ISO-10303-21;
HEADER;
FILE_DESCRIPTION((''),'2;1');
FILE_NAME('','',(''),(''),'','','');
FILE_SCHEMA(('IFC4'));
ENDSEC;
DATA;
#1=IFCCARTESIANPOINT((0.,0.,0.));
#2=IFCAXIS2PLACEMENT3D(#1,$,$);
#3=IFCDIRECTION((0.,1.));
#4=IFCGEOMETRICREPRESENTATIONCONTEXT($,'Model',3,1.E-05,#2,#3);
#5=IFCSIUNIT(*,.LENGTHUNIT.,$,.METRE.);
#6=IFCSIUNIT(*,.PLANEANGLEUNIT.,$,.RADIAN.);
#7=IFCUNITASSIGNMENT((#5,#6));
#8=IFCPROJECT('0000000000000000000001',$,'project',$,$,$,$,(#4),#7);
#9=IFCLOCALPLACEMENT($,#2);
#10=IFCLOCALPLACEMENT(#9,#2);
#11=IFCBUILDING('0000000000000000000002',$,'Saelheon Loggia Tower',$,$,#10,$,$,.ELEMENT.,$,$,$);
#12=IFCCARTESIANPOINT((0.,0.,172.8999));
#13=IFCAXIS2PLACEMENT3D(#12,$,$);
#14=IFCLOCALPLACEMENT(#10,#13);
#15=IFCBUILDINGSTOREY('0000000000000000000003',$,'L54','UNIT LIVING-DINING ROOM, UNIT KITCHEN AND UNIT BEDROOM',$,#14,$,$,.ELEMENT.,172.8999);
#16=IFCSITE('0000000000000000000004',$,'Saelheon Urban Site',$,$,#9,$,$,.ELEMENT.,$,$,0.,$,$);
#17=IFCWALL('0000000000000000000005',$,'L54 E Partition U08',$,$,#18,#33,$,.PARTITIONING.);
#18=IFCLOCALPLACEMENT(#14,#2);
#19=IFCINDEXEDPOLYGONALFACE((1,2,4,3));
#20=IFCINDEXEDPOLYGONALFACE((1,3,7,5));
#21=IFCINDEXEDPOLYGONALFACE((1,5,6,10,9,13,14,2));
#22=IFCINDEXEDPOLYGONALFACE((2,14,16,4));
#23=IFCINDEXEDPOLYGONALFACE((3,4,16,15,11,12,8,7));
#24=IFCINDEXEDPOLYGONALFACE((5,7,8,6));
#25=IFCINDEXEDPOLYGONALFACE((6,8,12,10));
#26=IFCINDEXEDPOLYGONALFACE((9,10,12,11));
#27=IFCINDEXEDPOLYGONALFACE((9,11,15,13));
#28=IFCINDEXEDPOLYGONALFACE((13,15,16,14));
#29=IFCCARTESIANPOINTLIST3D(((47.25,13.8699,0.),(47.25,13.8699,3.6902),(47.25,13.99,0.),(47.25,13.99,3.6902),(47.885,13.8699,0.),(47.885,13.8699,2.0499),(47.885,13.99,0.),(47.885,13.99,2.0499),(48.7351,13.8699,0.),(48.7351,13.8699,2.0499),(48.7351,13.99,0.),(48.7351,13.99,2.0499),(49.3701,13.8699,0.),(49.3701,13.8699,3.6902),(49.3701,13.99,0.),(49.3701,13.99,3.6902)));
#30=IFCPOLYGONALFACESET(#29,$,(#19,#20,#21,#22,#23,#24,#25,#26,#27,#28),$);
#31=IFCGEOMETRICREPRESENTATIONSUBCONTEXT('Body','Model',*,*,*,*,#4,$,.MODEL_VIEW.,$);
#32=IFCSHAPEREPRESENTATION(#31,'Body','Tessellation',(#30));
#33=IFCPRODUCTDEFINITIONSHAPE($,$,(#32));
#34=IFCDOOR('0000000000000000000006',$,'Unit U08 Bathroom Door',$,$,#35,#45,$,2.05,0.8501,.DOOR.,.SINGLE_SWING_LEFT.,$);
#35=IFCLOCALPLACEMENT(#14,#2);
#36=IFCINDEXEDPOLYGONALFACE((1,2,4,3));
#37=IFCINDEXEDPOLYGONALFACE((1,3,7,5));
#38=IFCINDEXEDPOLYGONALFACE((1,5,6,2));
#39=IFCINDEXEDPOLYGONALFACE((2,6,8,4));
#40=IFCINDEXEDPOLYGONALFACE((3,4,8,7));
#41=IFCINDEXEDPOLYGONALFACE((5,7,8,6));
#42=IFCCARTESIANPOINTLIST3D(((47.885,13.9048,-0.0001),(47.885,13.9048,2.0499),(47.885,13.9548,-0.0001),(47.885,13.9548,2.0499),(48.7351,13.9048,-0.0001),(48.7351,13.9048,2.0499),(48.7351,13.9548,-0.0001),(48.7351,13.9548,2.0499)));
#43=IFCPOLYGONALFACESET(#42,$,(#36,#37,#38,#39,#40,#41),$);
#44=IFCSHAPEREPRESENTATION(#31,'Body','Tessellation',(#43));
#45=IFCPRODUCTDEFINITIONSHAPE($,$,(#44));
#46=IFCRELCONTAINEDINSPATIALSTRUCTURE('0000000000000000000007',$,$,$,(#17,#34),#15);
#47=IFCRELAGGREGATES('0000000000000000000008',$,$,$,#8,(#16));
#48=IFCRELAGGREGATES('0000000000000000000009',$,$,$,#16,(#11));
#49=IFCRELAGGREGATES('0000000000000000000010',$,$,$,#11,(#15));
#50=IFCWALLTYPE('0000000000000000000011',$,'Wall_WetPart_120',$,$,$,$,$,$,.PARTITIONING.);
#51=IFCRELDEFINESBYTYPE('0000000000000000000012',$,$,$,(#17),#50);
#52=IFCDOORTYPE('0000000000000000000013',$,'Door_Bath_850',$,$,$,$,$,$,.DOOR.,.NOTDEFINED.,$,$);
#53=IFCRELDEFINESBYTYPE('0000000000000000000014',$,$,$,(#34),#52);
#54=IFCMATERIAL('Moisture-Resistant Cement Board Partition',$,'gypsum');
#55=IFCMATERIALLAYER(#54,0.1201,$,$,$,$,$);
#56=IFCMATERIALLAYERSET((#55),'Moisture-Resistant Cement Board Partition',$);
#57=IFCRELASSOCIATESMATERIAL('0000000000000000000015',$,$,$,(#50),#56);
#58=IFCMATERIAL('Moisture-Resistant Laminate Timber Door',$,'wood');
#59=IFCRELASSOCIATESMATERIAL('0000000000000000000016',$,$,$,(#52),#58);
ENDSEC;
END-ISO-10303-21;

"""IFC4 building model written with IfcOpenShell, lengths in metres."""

from ifc_helpers import new_model, si_unit, direction, frame, frame_2d, origin, place, context, subcontext, project, spatial, rectangle, extrude, source, transform, mapped, material, layer, layer_set, type_object, element, fill, save


model = new_model("IFC4")

# Units and contexts
model_context = context("Model", 3, precision=1e-05, world=origin(), true_north=direction((0.0, 1.0)))
body_context = subcontext(model_context, "Body", "Model", "MODEL_VIEW")
ifc_project = project(units=[si_unit("LENGTHUNIT", "METRE"), si_unit("PLANEANGLEUNIT", "RADIAN")], contexts=[model_context])

# Site, building, storey
site_placement = place(None, origin())
site = spatial("IfcSite", under=ifc_project, at=site_placement, Name="Saelheon Urban Site", CompositionType="ELEMENT", RefElevation=0.0)
building_placement = place(site_placement, origin())
building = spatial("IfcBuilding", under=site, at=building_placement, Name="Saelheon Loggia Tower", CompositionType="ELEMENT")
storey_placement = place(building_placement, frame((0.0, 0.0, 172.8999)))
storey = spatial("IfcBuildingStorey", under=building, at=storey_placement, Name="L54", Description="UNIT LIVING-DINING ROOM, UNIT KITCHEN AND UNIT BEDROOM", CompositionType="ELEMENT", Elevation=172.8999)

# Shared definitions
ifc_material_1 = material(Name="Moisture-Resistant Cement Board Partition", Category="gypsum")
ifc_layer_1 = layer(ifc_material_1, 0.1201)
ifc_layer_set_1 = layer_set([ifc_layer_1], Name="Moisture-Resistant Cement Board Partition")
wall_type_1 = type_object("IfcWallType", Name="Wall_WetPart_120", PredefinedType="PARTITIONING", material=ifc_layer_set_1)

# Wall, opening, door
wall_1_placement = place(storey_placement, frame((47.25, 13.9299, 0.0), z_axis=(0.0, 0.0, 1.0), x_axis=(1.0, 0.0, 0.0)))
wall_1 = element("IfcWall", 1, at=wall_1_placement, inside=storey, type_object=wall_type_1, Name="L54 E Partition U08", PredefinedType="PARTITIONING", context=body_context, shape_type="SweptSolid", body=[
    extrude(rectangle(XDim=2.1201, YDim=0.1201, at=frame_2d((1.0601, 0.0))), origin(), (0.0, 0.0, 1.0), 3.6902),
])
opening_1_placement = place(wall_1_placement, frame((0.635, 0.0, 0.0)))
opening_1 = element("IfcOpeningElement", 2, at=opening_1_placement, cuts=wall_1, PredefinedType="OPENING", context=body_context, shape_type="SweptSolid", body=[
    extrude(rectangle(XDim=0.8501, YDim=2.05, at=frame_2d((0.425, 1.0249))), frame((0.0, 0.072, 0.0), z_axis=(0.0, -1.0, 0.0), x_axis=(1.0, 0.0, 0.0)), (0.0, 0.0, 1.0), 0.144),
])
ifc_material_2 = material(Name="Moisture-Resistant Laminate Timber Door", Category="wood")
door_type_1 = type_object("IfcDoorType", Name="Door_Bath_850", OperationType="NOTDEFINED", PredefinedType="DOOR", material=ifc_material_2)
shared_shape_1 = source(origin(), body_context, "Body", "SweptSolid", [
    extrude(rectangle(XDim=0.8501, YDim=2.05, at=frame_2d((0.425, 1.0249))), frame((0.0, 0.0249, 0.0), z_axis=(0.0, -1.0, 0.0), x_axis=(1.0, 0.0, 0.0)), (0.0, 0.0, 1.0), 0.05),
])
door_1_placement = place(opening_1_placement, origin())
door_1 = element("IfcDoor", 3, at=door_1_placement, inside=storey, type_object=door_type_1, Name="Unit U08 Bathroom Door", OperationType="SINGLE_SWING_LEFT", OverallHeight=2.05, OverallWidth=0.8501, PredefinedType="DOOR", context=body_context, shape_type="MappedRepresentation", body=[
    mapped(shared_shape_1, transform((0.0, 0.0, 0.0), scale=1.0)),
])
fill(opening_1, door_1)

save(model, "model.ifc")
